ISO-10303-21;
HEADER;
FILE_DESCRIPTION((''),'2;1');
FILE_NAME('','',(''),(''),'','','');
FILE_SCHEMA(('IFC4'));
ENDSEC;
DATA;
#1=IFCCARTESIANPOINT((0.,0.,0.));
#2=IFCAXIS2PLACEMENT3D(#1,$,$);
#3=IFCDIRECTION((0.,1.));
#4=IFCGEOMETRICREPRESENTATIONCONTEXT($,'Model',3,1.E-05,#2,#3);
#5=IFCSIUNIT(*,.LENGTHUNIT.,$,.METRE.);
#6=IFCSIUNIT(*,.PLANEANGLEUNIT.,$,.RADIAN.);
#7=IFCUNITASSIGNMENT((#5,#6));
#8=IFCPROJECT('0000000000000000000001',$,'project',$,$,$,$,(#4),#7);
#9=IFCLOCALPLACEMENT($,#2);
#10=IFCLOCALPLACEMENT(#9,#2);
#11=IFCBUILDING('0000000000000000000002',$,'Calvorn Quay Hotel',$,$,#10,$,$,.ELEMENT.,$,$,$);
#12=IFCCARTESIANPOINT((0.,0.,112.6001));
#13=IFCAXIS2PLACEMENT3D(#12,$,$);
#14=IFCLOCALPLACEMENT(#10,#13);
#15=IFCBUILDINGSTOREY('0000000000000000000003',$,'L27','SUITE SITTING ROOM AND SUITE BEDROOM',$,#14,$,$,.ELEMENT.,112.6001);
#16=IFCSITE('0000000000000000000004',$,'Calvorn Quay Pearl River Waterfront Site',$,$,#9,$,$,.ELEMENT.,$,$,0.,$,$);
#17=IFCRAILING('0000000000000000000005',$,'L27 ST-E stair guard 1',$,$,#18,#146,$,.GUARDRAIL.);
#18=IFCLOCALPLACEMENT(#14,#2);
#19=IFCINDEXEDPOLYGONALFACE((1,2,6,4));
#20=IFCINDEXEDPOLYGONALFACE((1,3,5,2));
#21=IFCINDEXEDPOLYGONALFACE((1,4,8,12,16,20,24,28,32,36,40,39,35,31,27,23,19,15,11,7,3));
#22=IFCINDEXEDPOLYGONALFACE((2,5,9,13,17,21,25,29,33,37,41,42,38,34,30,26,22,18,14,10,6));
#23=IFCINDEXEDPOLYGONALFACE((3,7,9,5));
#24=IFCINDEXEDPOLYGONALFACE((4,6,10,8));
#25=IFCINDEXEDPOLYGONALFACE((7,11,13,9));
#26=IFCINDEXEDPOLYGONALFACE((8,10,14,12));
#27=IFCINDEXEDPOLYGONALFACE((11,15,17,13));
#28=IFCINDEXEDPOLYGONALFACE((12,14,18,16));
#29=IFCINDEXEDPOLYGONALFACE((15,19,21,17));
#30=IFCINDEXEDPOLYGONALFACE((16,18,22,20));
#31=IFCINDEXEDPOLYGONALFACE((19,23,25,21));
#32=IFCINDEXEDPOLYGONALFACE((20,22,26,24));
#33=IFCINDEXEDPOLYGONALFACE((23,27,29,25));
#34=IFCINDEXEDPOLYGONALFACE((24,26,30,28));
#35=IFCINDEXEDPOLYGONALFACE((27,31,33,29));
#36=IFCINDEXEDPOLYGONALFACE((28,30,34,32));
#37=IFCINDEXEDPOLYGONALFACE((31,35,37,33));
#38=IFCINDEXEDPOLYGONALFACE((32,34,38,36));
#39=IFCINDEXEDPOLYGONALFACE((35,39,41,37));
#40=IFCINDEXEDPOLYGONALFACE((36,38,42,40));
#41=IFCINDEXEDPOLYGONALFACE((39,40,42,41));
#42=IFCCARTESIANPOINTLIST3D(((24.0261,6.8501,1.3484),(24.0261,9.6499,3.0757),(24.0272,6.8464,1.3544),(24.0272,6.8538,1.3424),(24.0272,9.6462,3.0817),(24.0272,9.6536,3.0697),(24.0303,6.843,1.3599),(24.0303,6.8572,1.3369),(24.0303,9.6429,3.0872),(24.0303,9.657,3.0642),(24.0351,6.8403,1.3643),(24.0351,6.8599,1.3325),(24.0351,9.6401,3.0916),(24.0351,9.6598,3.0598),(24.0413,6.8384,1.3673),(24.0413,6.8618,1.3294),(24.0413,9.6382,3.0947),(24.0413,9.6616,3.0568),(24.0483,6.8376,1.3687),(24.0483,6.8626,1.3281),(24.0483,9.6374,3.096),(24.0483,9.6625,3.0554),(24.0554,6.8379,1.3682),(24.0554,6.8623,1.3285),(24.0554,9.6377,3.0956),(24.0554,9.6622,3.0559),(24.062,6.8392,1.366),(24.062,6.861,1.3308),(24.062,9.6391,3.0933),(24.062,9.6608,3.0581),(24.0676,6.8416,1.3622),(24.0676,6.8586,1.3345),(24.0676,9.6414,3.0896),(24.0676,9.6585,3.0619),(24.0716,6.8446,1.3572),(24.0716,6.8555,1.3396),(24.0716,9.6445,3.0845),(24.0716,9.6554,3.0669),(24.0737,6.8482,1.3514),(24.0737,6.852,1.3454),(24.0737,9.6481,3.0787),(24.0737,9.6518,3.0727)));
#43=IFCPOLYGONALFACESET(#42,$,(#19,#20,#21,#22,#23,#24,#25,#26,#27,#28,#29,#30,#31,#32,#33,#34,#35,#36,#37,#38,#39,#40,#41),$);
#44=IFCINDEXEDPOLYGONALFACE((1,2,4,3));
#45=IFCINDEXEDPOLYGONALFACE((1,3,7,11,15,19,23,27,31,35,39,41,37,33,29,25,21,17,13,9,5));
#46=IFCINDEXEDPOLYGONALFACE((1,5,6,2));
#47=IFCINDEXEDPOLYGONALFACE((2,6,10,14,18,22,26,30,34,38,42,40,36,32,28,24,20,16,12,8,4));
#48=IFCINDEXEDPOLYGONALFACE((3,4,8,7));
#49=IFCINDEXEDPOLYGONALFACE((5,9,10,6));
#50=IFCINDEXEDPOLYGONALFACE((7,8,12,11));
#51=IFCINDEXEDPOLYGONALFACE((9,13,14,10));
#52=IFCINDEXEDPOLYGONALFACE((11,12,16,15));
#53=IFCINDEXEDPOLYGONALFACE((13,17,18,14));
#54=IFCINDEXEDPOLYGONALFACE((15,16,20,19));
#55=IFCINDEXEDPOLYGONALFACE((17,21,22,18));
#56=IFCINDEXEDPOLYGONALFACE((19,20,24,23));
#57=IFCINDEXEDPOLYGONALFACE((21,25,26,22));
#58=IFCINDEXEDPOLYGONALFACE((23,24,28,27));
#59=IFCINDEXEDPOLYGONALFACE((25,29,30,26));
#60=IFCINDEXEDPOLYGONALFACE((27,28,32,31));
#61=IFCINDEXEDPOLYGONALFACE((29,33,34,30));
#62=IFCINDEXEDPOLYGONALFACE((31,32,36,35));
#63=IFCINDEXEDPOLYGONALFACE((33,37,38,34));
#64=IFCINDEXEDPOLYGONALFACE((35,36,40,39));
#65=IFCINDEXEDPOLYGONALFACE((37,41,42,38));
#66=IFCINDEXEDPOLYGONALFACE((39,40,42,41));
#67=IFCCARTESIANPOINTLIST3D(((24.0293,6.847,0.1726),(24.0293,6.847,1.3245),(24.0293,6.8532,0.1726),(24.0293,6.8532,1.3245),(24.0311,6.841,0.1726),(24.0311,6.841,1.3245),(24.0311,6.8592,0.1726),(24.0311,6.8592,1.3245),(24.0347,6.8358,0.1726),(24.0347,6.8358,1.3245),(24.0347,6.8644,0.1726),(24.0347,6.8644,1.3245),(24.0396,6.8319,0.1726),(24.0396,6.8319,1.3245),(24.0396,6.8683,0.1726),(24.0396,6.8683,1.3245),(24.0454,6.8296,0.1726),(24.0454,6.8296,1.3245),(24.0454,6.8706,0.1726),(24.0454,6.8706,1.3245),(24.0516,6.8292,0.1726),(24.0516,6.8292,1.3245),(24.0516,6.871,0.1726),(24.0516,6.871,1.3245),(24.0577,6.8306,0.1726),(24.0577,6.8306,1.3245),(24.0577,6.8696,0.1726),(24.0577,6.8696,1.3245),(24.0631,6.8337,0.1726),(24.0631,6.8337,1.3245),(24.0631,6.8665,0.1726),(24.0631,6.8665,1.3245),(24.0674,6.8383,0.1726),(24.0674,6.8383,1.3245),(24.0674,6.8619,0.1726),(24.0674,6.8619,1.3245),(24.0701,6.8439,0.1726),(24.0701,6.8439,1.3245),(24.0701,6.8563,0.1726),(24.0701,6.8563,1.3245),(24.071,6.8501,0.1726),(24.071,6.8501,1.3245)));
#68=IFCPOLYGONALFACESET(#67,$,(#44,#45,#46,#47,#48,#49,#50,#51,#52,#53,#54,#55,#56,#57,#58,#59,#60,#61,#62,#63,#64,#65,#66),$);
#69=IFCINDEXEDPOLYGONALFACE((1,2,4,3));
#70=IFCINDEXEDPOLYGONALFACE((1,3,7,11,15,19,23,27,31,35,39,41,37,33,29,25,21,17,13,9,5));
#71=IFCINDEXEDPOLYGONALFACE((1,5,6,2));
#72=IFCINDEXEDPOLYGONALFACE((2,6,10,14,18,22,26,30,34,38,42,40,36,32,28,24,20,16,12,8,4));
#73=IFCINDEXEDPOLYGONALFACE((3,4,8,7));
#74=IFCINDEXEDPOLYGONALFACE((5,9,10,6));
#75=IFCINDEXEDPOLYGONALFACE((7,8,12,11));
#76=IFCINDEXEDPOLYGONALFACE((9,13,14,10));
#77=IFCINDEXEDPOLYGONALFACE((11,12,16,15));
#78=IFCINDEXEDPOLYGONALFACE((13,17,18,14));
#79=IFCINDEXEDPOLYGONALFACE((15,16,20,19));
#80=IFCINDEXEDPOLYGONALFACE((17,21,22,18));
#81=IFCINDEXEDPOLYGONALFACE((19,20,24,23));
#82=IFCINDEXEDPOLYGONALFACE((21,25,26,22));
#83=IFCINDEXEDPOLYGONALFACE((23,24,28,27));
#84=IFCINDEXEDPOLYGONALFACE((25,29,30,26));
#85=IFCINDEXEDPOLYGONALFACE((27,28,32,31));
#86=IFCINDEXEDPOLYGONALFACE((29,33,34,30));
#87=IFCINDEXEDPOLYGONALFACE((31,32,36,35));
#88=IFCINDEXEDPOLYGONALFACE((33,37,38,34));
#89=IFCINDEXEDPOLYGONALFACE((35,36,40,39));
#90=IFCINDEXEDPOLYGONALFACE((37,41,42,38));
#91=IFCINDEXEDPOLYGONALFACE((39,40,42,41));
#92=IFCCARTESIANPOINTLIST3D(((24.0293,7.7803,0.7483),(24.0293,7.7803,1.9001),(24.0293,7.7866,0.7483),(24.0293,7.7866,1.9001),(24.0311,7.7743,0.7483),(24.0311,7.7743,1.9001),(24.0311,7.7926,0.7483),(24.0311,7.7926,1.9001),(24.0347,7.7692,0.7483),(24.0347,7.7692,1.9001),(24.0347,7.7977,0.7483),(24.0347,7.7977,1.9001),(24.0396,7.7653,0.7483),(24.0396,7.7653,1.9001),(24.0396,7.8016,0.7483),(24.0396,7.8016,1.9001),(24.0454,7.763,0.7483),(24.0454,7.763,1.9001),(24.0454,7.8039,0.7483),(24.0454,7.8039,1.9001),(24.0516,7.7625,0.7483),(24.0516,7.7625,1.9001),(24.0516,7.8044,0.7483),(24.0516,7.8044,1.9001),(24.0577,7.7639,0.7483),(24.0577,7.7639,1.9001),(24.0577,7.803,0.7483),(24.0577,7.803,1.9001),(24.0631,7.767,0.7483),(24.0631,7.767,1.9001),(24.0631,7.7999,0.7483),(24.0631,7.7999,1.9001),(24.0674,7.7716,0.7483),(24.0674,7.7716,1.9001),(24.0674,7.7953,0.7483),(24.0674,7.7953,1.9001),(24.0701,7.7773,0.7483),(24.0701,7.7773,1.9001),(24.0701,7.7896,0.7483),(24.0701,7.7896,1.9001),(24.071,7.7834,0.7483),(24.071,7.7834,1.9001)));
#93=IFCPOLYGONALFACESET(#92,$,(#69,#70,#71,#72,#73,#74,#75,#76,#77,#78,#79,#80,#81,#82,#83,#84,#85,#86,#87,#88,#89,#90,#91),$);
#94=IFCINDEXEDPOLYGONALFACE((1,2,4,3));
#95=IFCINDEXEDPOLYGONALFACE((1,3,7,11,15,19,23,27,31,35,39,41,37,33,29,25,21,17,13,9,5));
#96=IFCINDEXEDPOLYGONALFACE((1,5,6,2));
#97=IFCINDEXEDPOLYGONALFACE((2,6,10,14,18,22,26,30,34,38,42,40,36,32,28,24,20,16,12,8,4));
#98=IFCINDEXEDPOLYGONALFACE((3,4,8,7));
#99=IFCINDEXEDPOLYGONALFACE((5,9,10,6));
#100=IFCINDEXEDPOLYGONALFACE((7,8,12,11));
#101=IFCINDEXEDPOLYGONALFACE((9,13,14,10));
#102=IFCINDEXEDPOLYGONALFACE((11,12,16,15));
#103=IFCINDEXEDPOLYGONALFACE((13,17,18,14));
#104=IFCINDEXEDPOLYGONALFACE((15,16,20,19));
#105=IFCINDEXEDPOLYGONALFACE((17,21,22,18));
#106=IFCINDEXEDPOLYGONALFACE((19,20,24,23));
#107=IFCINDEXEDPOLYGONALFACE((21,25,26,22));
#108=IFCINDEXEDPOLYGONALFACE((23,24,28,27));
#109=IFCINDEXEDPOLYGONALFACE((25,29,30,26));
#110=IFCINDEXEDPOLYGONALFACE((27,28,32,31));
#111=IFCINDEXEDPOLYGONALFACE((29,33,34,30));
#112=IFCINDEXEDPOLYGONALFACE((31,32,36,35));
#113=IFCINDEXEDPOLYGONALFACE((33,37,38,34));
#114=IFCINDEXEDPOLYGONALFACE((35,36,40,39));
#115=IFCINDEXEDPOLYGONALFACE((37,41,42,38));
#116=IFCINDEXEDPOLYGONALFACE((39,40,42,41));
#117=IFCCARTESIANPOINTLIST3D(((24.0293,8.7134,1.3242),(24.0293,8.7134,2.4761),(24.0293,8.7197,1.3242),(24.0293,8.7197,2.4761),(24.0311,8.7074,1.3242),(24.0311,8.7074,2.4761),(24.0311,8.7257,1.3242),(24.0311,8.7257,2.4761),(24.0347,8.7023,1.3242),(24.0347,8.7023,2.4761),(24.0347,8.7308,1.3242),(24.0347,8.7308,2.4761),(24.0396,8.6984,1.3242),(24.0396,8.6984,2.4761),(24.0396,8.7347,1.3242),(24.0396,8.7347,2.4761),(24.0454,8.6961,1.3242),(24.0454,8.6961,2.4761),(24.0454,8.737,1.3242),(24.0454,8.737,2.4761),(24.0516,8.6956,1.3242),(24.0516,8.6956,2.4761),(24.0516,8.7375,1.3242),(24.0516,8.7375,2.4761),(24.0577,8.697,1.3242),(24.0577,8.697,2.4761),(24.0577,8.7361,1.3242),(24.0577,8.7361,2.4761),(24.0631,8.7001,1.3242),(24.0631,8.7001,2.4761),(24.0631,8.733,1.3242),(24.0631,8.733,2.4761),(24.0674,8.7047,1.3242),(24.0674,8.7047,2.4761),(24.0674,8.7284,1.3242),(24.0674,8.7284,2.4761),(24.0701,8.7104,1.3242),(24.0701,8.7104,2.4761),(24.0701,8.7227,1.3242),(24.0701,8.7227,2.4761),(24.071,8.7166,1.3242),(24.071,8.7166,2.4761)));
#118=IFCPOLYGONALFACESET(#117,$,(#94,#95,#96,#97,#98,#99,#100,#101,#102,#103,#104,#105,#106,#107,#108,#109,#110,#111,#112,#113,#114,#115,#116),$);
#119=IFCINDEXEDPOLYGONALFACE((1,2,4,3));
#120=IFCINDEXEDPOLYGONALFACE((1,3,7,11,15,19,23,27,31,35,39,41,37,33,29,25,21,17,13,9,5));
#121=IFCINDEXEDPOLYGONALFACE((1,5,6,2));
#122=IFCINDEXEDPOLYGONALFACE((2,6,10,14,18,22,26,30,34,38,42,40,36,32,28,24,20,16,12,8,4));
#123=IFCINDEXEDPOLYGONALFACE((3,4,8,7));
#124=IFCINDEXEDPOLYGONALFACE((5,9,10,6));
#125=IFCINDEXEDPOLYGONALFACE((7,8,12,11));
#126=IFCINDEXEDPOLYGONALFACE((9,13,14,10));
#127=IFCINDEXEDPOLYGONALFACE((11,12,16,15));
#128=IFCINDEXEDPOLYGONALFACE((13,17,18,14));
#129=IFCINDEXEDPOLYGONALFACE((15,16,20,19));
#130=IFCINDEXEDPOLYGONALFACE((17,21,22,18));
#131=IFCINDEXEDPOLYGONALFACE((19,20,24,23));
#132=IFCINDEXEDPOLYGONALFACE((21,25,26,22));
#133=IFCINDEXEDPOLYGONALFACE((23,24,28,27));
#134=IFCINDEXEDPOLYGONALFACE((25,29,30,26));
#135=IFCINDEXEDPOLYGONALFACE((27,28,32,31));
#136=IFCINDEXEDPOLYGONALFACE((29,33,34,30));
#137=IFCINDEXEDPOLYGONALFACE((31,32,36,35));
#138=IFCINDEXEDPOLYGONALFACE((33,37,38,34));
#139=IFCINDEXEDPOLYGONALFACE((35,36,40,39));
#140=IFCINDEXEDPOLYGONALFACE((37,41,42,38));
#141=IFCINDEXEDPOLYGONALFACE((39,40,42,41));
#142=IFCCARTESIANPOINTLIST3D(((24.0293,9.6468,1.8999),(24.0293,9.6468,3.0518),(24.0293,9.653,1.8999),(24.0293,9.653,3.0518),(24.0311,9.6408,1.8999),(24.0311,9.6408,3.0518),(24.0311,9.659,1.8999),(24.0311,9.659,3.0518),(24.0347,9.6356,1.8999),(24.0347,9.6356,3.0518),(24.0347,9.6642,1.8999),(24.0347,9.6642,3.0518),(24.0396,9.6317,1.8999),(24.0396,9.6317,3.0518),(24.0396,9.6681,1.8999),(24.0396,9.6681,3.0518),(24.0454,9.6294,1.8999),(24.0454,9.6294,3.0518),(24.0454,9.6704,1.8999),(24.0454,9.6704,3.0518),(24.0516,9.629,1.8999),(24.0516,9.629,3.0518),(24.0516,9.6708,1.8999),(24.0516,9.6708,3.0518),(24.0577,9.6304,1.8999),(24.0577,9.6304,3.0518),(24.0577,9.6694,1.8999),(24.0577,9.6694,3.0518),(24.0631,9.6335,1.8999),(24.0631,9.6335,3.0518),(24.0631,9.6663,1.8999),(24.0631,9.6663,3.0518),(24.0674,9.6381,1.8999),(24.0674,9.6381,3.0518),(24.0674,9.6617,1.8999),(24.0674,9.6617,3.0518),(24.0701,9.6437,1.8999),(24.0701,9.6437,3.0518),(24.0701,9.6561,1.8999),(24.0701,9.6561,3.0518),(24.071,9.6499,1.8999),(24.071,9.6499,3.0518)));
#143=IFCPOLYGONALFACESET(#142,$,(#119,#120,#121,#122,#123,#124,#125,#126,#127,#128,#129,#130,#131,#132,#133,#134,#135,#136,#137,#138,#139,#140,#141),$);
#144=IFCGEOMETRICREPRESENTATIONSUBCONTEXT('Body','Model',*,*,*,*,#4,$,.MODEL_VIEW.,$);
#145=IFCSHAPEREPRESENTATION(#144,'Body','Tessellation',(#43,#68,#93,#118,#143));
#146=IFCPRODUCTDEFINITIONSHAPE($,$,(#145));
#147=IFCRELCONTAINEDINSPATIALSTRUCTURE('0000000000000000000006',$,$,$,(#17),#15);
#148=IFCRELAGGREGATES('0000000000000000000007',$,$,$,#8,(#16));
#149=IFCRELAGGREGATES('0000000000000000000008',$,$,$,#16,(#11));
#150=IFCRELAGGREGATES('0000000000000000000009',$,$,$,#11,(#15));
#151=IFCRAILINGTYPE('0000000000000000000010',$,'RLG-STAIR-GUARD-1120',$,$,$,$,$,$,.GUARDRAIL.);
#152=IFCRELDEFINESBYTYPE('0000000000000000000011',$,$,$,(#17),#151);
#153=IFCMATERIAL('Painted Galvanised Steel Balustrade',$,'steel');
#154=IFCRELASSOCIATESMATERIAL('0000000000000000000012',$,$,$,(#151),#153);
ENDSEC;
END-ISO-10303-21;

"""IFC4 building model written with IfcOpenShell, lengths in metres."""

from ifc_helpers import new_model, si_unit, direction, frame, origin, origin_2d, place, context, subcontext, project, spatial, circle, extrude, material, type_object, element, save


model = new_model("IFC4")

# Units and contexts
model_context = context("Model", 3, precision=1e-05, world=origin(), true_north=direction((0.0, 1.0)))
body_context = subcontext(model_context, "Body", "Model", "MODEL_VIEW")
ifc_project = project(units=[si_unit("LENGTHUNIT", "METRE"), si_unit("PLANEANGLEUNIT", "RADIAN")], contexts=[model_context])

# Site, building, storey
site_placement = place(None, origin())
site = spatial("IfcSite", under=ifc_project, at=site_placement, Name="Calvorn Quay Pearl River Waterfront Site", CompositionType="ELEMENT", RefElevation=0.0)
building_placement = place(site_placement, origin())
building = spatial("IfcBuilding", under=site, at=building_placement, Name="Calvorn Quay Hotel", CompositionType="ELEMENT")
storey_placement = place(building_placement, frame((0.0, 0.0, 112.6001)))
storey = spatial("IfcBuildingStorey", under=building, at=storey_placement, Name="L27", Description="SUITE SITTING ROOM AND SUITE BEDROOM", CompositionType="ELEMENT", Elevation=112.6001)

# Railing
ifc_material_1 = material(Name="Painted Galvanised Steel Balustrade", Category="steel")
railing_type_1 = type_object("IfcRailingType", Name="RLG-STAIR-GUARD-1120", PredefinedType="GUARDRAIL", material=ifc_material_1)
railing_1_placement = place(storey_placement, frame((24.05, 6.8501, 0.1726)))
element("IfcRailing", 1, at=railing_1_placement, inside=storey, type_object=railing_type_1, Name="L27 ST-E stair guard 1", PredefinedType="GUARDRAIL", context=body_context, shape_type="SweptSolid", body=[
    extrude(circle(Radius=0.0239, at=origin_2d()), frame((0.0, 0.0, 1.1758), z_axis=(0.0, 0.851069, 0.525054), x_axis=(-1.0, 0.0, 0.0)), (0.0, 0.0, 1.0), 3.2898),
    extrude(circle(Radius=0.021, at=origin_2d()), origin(), (0.0, 0.0, 1.0), 1.1519),
    extrude(circle(Radius=0.021, at=origin_2d()), frame((0.0, 0.9333, 0.5757)), (0.0, 0.0, 1.0), 1.1519),
    extrude(circle(Radius=0.021, at=origin_2d()), frame((0.0, 1.8665, 1.1516)), (0.0, 0.0, 1.0), 1.1519),
    extrude(circle(Radius=0.021, at=origin_2d()), frame((0.0, 2.7998, 1.7273)), (0.0, 0.0, 1.0), 1.1519),
])

save(model, "model.ifc")
